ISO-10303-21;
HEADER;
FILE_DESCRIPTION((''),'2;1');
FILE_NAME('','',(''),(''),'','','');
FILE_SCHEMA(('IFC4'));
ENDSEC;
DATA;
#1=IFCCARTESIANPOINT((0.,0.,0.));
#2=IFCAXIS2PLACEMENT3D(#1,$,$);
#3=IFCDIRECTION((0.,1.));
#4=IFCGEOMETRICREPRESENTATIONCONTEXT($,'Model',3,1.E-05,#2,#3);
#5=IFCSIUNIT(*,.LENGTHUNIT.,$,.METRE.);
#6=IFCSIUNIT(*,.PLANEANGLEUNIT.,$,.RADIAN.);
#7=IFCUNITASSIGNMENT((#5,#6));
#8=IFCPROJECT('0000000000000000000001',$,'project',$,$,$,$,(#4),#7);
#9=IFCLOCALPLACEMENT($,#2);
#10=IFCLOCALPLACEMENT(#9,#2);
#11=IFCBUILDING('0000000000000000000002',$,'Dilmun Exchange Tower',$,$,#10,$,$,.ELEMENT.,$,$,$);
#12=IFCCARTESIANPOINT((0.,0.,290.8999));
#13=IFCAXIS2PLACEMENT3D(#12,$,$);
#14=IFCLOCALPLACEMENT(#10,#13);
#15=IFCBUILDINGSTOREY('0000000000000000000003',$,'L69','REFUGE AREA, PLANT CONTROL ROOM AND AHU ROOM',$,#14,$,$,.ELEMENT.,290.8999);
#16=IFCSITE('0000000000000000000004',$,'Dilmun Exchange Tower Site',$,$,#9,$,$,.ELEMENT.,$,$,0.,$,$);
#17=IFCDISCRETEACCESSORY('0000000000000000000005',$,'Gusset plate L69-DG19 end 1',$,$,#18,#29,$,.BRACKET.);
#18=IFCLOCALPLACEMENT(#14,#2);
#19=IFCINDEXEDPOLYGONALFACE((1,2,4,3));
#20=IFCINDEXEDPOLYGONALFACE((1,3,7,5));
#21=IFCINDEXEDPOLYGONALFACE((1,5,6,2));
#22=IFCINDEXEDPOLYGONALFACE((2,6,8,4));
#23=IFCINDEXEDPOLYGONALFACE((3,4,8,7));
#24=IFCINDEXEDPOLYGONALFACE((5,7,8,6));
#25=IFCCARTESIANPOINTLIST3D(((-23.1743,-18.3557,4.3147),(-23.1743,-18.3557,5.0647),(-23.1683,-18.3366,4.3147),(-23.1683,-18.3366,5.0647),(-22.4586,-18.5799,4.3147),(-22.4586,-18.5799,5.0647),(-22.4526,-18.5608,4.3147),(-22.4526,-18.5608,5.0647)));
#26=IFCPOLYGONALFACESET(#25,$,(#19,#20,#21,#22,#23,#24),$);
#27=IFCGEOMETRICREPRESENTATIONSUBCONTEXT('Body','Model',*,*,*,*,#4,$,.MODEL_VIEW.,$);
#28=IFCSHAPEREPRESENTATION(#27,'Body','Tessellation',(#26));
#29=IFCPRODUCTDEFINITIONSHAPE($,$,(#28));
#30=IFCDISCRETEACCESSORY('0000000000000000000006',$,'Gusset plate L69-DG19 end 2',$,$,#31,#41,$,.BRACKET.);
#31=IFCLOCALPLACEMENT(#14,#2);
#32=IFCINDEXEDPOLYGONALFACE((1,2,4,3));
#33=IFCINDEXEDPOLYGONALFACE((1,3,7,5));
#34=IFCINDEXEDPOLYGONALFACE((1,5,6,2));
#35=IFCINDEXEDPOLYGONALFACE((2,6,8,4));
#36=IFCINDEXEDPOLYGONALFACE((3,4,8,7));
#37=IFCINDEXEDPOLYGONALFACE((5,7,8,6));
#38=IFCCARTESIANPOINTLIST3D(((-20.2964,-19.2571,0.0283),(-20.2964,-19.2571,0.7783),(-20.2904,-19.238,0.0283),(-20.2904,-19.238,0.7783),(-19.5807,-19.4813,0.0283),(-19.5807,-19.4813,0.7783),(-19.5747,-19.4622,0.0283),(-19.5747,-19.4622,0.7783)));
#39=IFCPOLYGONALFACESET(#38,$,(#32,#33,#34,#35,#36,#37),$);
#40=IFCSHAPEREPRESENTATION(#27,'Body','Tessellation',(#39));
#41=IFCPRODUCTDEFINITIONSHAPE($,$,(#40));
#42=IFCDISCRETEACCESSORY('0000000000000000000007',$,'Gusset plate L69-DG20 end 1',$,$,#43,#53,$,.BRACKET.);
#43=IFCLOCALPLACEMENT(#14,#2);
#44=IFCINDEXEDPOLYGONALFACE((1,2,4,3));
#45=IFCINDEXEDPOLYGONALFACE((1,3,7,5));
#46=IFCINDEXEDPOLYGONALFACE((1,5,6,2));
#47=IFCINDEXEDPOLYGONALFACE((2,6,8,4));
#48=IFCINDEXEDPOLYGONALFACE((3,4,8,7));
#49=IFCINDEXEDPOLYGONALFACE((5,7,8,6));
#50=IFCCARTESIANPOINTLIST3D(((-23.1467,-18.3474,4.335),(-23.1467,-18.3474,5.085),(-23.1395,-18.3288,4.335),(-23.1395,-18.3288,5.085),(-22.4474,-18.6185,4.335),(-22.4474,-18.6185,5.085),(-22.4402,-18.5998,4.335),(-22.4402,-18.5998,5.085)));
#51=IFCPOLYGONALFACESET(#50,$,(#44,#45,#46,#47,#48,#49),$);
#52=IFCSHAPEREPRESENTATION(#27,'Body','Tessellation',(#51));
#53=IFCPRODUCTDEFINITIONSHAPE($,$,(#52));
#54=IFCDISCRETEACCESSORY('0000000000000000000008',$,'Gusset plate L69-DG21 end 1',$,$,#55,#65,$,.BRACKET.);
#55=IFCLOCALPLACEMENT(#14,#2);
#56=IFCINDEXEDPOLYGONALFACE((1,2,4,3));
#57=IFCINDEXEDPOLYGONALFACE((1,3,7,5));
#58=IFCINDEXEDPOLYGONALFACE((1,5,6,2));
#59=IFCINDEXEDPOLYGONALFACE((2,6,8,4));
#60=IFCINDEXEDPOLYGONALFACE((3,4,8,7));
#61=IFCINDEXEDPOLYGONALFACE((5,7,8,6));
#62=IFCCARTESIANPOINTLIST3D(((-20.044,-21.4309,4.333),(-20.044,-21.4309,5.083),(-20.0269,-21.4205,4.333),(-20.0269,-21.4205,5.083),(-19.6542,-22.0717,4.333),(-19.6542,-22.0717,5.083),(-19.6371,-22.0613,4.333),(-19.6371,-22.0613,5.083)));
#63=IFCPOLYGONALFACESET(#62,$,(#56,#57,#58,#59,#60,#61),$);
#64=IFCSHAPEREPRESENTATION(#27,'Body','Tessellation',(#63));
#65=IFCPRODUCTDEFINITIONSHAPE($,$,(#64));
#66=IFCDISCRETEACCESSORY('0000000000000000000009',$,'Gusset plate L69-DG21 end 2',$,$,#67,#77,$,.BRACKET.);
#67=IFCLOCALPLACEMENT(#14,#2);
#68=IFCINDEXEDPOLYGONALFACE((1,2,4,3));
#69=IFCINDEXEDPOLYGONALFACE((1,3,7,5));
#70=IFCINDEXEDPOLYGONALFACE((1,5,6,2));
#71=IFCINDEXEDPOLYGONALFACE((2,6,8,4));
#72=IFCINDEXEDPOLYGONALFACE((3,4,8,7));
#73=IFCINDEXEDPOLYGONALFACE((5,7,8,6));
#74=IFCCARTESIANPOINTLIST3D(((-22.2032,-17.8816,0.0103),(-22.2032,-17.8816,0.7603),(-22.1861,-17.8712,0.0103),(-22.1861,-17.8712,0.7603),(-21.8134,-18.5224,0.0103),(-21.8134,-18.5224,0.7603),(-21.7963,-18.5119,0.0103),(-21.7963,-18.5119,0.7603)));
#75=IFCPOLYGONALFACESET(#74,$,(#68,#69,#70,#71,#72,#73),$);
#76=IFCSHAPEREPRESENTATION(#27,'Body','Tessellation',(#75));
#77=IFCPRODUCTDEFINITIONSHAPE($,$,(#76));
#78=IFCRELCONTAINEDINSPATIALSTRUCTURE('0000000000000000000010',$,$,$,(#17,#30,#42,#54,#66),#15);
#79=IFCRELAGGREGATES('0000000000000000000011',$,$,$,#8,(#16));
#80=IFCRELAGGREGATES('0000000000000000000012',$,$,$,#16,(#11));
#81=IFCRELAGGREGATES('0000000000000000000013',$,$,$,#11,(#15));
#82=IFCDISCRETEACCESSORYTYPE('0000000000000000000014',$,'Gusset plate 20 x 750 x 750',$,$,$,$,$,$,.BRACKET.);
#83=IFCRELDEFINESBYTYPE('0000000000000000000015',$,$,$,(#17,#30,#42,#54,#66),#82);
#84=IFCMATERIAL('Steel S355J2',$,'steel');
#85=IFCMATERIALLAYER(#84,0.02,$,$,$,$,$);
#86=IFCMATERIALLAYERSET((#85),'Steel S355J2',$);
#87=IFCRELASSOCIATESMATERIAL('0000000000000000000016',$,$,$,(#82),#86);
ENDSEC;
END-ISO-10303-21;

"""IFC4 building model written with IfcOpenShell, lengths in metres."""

from ifc_helpers import new_model, si_unit, direction, frame, origin, origin_2d, place, context, subcontext, project, spatial, rectangle, extrude, material, layer, layer_set, type_object, element, save


model = new_model("IFC4")

# Units and contexts
model_context = context("Model", 3, precision=1e-05, world=origin(), true_north=direction((0.0, 1.0)))
body_context = subcontext(model_context, "Body", "Model", "MODEL_VIEW")
ifc_project = project(units=[si_unit("LENGTHUNIT", "METRE"), si_unit("PLANEANGLEUNIT", "RADIAN")], contexts=[model_context])

# Site, building, storey
site_placement = place(None, origin())
site = spatial("IfcSite", under=ifc_project, at=site_placement, Name="Dilmun Exchange Tower Site", CompositionType="ELEMENT", RefElevation=0.0)
building_placement = place(site_placement, origin())
building = spatial("IfcBuilding", under=site, at=building_placement, Name="Dilmun Exchange Tower", CompositionType="ELEMENT")
storey_placement = place(building_placement, frame((0.0, 0.0, 290.8999)))
storey = spatial("IfcBuildingStorey", under=building, at=storey_placement, Name="L69", Description="REFUGE AREA, PLANT CONTROL ROOM AND AHU ROOM", CompositionType="ELEMENT", Elevation=290.8999)

# Discrete accessories
ifc_material_1 = material(Name="Steel S355J2", Category="steel")
ifc_layer_1 = layer(ifc_material_1, 0.02)
ifc_layer_set_1 = layer_set([ifc_layer_1], Name="Steel S355J2")
discrete_accessory_type = type_object("IfcDiscreteAccessoryType", Name="Gusset plate 20 x 750 x 750", PredefinedType="BRACKET", material=ifc_layer_set_1)
for number, where, z_axis, x_axis, name in (
    (1, (-22.8135, -18.4583, 4.3147), (0.0, 0.0, 1.0), (0.954282, -0.298909, 0.0), "Gusset plate L69-DG19 end 1"),
    (2, (-19.9355, -19.3596, 0.0283), (0.0, 0.0, 1.0), (0.954282, -0.298909, 0.0), "Gusset plate L69-DG19 end 2"),
    (3, (-22.7935, -18.4736, 4.335), (0.0, 0.0, 1.0), (0.932403, -0.36142, 0.0), "Gusset plate L69-DG20 end 1"),
    (4, (-19.8406, -21.7461, 4.333), (0.0, 0.0, 1.0), (-0.519737, 0.854326, 0.0), "Gusset plate L69-DG21 end 1"),
    (5, (-21.9998, -18.1968, 0.0103), (0.0, 0.0, 1.0), (-0.519737, 0.854326, 0.0), "Gusset plate L69-DG21 end 2"),
):
    element("IfcDiscreteAccessory", number, at=place(storey_placement, frame(where, z_axis=z_axis, x_axis=x_axis)), inside=storey, type_object=discrete_accessory_type, Name=name, PredefinedType="BRACKET", context=body_context, shape_type="SweptSolid", body=[
        extrude(rectangle(XDim=0.75, YDim=0.02, at=origin_2d()), origin(), (0.0, 0.0, 1.0), 0.75),
    ])

save(model, "model.ifc")
